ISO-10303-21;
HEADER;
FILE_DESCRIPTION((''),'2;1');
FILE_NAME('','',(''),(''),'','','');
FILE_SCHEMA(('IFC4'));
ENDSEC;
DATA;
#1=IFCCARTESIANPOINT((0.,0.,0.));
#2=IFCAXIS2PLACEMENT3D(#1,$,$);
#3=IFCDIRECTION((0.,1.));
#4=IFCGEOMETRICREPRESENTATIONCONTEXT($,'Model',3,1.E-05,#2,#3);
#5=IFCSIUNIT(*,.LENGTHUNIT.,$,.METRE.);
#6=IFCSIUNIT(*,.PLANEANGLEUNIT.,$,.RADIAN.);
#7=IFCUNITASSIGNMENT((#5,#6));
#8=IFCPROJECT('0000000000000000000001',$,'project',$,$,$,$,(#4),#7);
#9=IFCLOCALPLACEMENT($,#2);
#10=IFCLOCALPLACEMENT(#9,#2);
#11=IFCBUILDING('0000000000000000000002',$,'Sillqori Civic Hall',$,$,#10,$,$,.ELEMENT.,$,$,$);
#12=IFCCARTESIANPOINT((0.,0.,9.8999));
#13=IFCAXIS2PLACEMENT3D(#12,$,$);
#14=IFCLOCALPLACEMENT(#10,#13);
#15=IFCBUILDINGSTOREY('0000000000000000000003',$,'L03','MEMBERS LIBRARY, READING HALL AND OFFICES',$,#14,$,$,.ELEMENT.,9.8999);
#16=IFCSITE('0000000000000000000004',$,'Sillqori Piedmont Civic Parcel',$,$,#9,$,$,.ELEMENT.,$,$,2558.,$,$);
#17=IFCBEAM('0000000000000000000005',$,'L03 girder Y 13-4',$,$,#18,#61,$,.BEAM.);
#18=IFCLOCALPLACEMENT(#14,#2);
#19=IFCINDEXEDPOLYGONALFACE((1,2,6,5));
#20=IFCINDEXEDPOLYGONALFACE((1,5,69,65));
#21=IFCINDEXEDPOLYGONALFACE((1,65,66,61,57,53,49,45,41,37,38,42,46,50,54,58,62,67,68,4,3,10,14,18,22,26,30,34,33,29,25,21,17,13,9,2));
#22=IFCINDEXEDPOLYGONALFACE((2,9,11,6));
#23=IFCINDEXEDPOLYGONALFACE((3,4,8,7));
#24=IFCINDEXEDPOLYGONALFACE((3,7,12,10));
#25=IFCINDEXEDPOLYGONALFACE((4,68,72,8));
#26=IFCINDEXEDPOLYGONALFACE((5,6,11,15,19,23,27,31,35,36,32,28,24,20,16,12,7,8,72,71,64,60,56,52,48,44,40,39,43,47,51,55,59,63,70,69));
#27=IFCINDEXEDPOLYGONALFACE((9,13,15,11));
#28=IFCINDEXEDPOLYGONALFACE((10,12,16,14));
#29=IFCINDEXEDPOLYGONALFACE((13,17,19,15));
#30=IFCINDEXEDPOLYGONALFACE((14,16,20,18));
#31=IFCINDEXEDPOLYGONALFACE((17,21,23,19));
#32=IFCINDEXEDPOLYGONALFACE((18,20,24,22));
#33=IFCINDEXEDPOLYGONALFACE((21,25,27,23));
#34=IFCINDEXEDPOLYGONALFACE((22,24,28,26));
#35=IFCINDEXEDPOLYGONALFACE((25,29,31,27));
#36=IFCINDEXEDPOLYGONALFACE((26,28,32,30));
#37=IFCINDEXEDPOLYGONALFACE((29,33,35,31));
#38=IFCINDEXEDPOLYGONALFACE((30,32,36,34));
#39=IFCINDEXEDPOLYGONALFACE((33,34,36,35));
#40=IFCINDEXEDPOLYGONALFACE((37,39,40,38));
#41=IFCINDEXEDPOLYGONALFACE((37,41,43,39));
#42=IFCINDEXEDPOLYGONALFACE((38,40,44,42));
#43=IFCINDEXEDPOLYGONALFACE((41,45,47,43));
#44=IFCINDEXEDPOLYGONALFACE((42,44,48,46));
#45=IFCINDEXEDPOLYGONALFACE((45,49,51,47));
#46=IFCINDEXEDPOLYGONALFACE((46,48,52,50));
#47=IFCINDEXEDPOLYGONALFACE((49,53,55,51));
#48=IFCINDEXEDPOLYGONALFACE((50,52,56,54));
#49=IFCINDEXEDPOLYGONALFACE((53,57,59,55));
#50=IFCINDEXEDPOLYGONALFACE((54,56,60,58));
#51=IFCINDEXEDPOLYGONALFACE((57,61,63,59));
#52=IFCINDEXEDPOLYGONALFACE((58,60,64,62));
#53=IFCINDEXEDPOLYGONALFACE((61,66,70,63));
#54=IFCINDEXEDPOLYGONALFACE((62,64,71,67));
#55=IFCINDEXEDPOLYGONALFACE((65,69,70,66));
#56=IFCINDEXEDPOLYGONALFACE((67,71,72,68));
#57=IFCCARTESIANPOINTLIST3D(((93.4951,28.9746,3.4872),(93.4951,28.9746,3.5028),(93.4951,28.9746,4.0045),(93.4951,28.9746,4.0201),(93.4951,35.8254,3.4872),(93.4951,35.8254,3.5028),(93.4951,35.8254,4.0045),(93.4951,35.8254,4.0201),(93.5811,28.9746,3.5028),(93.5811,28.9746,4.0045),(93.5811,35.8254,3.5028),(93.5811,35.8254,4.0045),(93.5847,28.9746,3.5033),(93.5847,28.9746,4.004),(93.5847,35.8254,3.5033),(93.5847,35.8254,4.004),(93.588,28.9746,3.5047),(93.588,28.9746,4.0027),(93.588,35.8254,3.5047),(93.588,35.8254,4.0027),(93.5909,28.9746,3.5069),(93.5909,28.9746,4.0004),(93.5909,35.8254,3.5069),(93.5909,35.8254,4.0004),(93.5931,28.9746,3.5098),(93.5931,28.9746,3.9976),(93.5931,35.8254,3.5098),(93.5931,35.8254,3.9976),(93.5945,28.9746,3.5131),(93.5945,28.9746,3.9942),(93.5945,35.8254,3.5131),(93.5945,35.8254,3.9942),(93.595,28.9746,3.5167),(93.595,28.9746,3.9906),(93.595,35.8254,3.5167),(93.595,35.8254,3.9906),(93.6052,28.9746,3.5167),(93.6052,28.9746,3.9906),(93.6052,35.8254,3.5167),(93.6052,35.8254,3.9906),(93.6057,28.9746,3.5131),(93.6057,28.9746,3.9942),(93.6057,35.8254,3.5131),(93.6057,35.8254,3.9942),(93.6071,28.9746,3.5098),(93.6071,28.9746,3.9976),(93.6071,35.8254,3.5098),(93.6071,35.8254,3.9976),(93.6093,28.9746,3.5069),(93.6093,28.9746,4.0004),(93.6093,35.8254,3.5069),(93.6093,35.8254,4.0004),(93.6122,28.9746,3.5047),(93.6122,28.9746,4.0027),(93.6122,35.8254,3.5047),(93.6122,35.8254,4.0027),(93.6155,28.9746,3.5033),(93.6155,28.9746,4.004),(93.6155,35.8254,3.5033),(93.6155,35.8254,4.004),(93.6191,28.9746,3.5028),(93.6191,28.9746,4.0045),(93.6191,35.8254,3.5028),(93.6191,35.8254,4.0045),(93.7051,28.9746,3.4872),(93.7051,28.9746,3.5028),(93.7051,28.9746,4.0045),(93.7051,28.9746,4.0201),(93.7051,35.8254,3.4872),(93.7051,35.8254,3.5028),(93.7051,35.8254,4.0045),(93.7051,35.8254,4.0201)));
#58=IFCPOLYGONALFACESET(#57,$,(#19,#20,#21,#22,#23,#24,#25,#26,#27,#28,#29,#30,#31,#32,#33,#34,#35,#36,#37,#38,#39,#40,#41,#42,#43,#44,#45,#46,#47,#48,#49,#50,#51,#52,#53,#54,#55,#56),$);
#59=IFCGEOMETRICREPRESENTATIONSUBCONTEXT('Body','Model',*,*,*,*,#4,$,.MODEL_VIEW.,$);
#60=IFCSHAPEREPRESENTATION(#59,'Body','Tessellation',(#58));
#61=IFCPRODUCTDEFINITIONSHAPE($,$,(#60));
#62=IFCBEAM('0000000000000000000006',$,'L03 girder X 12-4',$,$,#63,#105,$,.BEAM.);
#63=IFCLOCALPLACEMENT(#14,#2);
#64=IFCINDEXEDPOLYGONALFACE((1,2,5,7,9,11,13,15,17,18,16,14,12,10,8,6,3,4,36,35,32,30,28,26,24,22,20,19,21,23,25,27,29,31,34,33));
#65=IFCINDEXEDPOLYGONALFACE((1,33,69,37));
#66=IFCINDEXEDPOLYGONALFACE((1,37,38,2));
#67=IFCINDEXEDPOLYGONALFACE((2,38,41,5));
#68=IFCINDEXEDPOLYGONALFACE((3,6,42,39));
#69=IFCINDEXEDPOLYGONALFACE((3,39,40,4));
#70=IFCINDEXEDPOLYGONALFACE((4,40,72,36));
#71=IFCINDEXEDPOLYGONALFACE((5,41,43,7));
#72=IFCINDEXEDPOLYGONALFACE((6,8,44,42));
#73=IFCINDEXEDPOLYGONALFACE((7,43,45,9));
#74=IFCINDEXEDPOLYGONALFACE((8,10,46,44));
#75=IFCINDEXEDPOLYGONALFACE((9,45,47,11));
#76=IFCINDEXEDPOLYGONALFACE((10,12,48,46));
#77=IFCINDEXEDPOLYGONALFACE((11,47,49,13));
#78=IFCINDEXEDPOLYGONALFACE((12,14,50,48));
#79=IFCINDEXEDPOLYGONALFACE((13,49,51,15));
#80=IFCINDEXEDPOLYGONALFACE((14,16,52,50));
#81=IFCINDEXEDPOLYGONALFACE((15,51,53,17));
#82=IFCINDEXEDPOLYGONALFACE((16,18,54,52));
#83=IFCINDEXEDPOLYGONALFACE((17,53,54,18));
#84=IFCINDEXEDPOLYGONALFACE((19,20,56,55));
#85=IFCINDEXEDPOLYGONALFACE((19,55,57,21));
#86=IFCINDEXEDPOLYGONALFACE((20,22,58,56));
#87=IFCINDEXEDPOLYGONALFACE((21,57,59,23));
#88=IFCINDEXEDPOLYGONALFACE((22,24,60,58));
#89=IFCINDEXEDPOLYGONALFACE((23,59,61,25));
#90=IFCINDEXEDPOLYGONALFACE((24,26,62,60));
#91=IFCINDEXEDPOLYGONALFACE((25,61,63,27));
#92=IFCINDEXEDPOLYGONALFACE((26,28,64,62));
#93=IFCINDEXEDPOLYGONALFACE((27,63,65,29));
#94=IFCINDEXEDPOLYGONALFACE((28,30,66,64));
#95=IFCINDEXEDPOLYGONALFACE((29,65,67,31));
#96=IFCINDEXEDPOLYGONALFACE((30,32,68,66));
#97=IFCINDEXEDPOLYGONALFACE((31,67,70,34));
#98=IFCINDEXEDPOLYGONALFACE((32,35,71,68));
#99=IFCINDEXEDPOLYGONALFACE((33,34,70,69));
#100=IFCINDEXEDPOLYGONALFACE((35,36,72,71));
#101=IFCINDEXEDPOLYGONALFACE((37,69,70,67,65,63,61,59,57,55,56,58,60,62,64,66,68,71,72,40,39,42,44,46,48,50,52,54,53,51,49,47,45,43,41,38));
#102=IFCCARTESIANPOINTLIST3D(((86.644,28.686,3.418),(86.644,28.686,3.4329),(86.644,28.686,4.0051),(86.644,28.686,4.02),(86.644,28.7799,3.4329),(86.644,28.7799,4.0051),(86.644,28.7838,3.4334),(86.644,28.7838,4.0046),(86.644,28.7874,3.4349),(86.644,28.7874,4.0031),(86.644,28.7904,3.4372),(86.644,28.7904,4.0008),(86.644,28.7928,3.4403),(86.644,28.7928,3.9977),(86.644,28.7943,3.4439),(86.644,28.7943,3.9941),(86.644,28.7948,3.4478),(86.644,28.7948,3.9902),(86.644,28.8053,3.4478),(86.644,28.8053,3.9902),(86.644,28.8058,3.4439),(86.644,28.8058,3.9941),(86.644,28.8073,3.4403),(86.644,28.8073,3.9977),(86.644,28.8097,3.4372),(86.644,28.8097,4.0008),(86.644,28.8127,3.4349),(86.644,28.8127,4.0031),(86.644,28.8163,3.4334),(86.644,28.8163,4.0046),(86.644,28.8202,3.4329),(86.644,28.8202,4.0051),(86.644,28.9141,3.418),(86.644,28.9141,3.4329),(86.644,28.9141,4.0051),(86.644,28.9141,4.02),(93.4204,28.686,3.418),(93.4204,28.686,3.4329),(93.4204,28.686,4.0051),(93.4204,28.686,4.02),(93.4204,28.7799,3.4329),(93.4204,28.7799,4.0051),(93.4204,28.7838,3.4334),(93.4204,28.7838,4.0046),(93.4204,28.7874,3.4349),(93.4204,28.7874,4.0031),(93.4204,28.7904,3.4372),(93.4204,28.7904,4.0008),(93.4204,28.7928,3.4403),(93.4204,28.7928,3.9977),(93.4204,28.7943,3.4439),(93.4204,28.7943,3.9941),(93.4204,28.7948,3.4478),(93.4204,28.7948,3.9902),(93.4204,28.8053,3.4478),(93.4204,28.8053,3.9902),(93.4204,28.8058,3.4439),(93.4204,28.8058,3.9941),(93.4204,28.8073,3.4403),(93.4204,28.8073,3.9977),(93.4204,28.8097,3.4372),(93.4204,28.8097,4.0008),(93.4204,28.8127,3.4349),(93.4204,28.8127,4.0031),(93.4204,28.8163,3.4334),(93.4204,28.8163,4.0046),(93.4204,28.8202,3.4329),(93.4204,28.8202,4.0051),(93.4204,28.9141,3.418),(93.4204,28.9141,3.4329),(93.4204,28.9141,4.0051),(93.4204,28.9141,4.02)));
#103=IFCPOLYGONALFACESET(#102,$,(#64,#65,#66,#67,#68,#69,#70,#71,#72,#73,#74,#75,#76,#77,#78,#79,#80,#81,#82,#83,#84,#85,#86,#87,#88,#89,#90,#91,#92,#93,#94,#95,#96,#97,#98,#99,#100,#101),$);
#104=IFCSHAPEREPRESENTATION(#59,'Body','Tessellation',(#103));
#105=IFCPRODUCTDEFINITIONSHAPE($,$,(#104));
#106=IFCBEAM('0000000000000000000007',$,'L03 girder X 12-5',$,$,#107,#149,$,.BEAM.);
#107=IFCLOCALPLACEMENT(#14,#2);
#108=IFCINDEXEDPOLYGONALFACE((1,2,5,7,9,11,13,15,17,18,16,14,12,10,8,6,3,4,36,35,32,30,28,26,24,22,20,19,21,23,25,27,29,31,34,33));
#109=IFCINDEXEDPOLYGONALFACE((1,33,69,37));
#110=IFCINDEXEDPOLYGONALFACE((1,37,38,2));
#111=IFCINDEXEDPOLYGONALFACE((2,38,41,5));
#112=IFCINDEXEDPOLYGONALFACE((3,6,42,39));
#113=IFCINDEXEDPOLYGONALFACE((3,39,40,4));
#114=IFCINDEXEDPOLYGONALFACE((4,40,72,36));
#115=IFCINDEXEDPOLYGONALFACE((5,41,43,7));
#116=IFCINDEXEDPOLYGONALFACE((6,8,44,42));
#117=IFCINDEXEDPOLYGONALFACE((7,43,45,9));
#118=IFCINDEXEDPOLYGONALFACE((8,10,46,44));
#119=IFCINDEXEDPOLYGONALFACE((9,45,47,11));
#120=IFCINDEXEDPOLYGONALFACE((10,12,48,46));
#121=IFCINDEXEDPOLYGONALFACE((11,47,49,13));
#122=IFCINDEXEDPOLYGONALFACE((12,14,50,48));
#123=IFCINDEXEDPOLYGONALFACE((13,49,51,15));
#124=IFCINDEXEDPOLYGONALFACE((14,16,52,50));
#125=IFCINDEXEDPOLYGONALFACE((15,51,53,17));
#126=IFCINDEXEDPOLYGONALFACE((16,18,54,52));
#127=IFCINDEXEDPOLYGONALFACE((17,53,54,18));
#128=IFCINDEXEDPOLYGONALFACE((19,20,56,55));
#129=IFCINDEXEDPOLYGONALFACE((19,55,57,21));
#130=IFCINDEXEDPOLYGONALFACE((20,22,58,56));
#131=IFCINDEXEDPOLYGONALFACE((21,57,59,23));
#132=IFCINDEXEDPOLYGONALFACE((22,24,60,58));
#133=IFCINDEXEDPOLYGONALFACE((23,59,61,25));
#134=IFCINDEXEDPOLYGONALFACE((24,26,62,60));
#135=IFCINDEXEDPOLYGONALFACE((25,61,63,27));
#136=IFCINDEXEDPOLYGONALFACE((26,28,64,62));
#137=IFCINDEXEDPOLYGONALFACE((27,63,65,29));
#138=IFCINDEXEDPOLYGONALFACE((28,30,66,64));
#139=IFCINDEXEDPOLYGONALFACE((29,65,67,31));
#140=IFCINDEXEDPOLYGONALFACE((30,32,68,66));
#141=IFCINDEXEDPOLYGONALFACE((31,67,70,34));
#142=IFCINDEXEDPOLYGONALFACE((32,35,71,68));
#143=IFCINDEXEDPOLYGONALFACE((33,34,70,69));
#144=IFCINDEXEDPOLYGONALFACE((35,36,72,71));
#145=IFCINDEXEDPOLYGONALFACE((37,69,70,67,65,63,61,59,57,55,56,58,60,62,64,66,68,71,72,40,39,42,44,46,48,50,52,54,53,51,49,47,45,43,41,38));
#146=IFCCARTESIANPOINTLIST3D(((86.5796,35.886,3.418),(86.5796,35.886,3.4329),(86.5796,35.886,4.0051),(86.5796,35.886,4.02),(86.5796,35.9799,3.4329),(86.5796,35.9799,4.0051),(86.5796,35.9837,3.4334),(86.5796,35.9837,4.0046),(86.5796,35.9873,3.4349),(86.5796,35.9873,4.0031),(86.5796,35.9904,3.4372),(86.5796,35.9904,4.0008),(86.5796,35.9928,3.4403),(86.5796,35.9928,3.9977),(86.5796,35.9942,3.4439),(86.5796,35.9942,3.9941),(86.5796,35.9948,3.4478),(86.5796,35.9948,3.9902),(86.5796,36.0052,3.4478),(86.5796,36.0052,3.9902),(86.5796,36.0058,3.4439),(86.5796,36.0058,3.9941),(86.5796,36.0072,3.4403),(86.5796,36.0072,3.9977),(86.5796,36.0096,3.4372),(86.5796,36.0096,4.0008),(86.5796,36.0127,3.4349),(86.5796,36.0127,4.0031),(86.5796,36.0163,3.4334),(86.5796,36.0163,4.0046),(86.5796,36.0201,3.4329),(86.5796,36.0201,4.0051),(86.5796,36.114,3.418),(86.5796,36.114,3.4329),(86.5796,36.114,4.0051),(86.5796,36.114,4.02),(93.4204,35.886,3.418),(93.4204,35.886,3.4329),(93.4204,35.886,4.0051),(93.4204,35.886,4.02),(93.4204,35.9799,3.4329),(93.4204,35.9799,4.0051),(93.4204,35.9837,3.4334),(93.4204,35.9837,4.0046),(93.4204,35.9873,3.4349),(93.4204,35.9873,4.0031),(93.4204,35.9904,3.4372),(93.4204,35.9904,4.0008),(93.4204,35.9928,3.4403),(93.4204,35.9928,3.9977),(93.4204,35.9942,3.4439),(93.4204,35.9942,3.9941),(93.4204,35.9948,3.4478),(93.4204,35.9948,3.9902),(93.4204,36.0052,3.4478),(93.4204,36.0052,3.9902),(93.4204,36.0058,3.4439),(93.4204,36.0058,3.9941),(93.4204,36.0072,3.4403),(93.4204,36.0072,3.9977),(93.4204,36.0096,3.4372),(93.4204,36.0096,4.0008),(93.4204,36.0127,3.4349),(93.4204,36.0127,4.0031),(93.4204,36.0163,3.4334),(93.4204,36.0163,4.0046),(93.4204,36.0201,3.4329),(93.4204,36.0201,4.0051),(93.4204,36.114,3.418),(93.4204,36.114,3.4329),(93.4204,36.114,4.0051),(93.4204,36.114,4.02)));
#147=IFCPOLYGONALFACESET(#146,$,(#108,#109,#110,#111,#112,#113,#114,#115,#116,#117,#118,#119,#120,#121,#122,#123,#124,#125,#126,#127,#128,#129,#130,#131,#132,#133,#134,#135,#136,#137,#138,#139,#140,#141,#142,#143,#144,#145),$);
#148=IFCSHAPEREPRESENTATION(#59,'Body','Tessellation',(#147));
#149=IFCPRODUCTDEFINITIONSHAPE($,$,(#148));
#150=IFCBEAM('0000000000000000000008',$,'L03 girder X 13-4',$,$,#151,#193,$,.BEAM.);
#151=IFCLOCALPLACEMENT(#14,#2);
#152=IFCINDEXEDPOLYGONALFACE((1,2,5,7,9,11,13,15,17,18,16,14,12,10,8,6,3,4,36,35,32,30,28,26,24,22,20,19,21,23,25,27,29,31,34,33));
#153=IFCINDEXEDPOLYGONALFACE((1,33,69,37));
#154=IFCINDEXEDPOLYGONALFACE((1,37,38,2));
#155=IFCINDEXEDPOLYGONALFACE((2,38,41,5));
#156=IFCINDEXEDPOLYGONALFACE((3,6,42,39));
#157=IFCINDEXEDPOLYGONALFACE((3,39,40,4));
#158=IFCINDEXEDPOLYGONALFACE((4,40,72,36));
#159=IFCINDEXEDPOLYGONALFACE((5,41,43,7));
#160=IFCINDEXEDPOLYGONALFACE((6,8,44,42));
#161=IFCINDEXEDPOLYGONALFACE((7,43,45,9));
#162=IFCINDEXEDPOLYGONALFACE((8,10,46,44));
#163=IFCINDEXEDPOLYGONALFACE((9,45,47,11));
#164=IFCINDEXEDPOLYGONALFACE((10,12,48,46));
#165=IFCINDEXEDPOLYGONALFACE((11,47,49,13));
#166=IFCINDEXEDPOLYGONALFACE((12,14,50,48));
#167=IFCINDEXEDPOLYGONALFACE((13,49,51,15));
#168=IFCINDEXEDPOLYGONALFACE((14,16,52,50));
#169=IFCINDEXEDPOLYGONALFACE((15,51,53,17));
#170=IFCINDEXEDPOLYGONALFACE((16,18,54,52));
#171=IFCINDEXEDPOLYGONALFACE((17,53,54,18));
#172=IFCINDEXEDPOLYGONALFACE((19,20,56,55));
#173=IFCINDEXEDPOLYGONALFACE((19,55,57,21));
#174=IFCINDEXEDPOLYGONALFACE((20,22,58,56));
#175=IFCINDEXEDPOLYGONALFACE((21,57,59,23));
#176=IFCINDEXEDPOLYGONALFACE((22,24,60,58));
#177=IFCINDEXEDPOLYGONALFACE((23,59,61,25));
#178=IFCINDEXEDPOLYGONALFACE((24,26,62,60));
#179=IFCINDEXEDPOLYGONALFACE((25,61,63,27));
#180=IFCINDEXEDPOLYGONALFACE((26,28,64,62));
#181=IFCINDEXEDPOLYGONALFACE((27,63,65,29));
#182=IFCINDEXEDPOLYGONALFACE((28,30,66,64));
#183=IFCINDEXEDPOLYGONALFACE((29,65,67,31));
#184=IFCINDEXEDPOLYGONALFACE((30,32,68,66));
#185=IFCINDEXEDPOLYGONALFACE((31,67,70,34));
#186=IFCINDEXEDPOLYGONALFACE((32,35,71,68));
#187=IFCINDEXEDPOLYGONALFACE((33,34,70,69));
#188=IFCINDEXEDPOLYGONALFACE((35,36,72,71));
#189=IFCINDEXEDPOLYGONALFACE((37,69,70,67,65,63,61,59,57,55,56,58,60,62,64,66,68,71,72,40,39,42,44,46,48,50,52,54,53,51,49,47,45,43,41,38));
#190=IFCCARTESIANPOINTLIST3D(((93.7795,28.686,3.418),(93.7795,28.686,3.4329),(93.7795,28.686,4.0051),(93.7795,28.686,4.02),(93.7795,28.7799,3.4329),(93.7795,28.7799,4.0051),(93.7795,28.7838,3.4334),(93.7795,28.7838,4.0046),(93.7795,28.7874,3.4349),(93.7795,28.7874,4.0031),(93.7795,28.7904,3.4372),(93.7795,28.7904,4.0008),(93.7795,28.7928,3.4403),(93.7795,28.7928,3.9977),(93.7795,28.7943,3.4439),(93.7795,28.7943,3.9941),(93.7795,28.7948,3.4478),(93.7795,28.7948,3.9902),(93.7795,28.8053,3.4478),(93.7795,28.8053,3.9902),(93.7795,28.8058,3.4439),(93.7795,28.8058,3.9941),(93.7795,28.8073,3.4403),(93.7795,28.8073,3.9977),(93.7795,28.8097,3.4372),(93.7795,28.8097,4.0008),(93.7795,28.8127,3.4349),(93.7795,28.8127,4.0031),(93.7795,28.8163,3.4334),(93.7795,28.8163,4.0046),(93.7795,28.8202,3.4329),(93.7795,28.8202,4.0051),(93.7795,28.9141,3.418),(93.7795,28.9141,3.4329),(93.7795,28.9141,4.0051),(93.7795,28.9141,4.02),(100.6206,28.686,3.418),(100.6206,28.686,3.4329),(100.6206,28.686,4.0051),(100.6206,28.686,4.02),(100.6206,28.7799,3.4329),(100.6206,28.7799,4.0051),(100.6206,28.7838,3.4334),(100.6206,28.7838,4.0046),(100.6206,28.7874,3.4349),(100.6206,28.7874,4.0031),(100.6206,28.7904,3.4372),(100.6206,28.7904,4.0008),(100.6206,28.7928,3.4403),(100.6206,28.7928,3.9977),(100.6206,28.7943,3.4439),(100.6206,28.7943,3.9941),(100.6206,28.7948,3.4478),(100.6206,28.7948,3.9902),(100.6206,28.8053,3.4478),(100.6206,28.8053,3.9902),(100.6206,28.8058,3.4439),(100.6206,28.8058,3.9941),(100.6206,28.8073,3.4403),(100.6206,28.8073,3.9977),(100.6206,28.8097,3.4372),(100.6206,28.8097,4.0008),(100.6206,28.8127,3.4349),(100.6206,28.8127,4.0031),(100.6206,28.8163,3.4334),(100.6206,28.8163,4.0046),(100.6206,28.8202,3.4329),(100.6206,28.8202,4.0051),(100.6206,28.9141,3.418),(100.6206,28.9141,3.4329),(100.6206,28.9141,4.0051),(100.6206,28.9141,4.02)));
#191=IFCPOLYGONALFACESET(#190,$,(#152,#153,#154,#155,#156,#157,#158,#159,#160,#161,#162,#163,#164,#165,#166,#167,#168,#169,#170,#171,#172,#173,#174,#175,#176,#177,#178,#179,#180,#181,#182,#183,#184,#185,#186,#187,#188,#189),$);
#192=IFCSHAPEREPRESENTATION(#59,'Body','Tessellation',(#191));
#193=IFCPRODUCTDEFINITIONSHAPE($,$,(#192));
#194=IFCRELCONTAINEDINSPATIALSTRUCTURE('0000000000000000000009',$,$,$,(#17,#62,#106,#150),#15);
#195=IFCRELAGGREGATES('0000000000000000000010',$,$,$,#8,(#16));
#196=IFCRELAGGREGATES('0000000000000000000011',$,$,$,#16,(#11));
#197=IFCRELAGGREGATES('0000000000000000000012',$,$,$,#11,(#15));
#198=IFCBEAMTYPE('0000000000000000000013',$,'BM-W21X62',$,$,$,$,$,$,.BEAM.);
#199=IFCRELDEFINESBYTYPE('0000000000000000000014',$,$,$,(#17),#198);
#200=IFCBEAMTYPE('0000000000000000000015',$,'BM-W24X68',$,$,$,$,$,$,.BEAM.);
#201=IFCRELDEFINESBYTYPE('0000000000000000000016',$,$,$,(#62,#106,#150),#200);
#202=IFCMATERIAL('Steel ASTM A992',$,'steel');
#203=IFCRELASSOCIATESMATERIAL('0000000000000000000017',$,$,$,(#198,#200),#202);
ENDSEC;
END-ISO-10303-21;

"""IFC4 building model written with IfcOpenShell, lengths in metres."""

from ifc_helpers import new_model, si_unit, direction, frame, origin, origin_2d, place, context, subcontext, project, spatial, i_section, extrude, material, material_profile, profile_set, type_object, element, save


model = new_model("IFC4")

# Units and contexts
model_context = context("Model", 3, precision=1e-05, world=origin(), true_north=direction((0.0, 1.0)))
body_context = subcontext(model_context, "Body", "Model", "MODEL_VIEW")
ifc_project = project(units=[si_unit("LENGTHUNIT", "METRE"), si_unit("PLANEANGLEUNIT", "RADIAN")], contexts=[model_context])

# Site, building, storey
site_placement = place(None, origin())
site = spatial("IfcSite", under=ifc_project, at=site_placement, Name="Sillqori Piedmont Civic Parcel", CompositionType="ELEMENT", RefElevation=2558.0)
building_placement = place(site_placement, origin())
building = spatial("IfcBuilding", under=site, at=building_placement, Name="Sillqori Civic Hall", CompositionType="ELEMENT")
storey_placement = place(building_placement, frame((0.0, 0.0, 9.8999)))
storey = spatial("IfcBuildingStorey", under=building, at=storey_placement, Name="L03", Description="MEMBERS LIBRARY, READING HALL AND OFFICES", CompositionType="ELEMENT", Elevation=9.8999)

# Shared definitions
ifc_material_1 = material(Name="Steel ASTM A992", Category="steel")

# Beams
ifc_material_profile_1 = material_profile(ifc_material_1, i_section(OverallWidth=0.21, OverallDepth=0.533, WebThickness=0.0103, FlangeThickness=0.0156, FilletRadius=0.0139, at=origin_2d()), Name="W21X62")
ifc_profile_set_1 = profile_set([ifc_material_profile_1], Name="Steel ASTM A992")
beam_type_1 = type_object("IfcBeamType", Name="BM-W21X62", PredefinedType="BEAM", material=ifc_profile_set_1)
beam_1_placement = place(storey_placement, frame((93.6001, 28.9746, 3.7537), z_axis=(0.0, 1.0, 0.0), x_axis=(-1.0, 0.0, 0.0)))
element("IfcBeam", 1, at=beam_1_placement, inside=storey, type_object=beam_type_1, Name="L03 girder Y 13-4", PredefinedType="BEAM", context=body_context, shape_type="SweptSolid", body=[
    extrude(i_section(OverallWidth=0.21, OverallDepth=0.533, WebThickness=0.0103, FlangeThickness=0.0156, FilletRadius=0.0139, at=origin_2d()), origin(), (0.0, 0.0, 1.0), 6.8508),
])
ifc_material_profile_2 = material_profile(ifc_material_1, i_section(OverallWidth=0.228, OverallDepth=0.6021, WebThickness=0.0105, FlangeThickness=0.0149, FilletRadius=0.0149, at=origin_2d()), Name="W24X68")
ifc_profile_set_2 = profile_set([ifc_material_profile_2], Name="Steel ASTM A992")
beam_type_2 = type_object("IfcBeamType", Name="BM-W24X68", PredefinedType="BEAM", material=ifc_profile_set_2)
beam_2_placement = place(storey_placement, frame((86.644, 28.8, 3.719), z_axis=(1.0, 0.0, 0.0), x_axis=(0.0, 1.0, 0.0)))
element("IfcBeam", 2, at=beam_2_placement, inside=storey, type_object=beam_type_2, Name="L03 girder X 12-4", PredefinedType="BEAM", context=body_context, shape_type="SweptSolid", body=[
    extrude(i_section(OverallWidth=0.228, OverallDepth=0.6021, WebThickness=0.0105, FlangeThickness=0.0149, FilletRadius=0.0149, at=origin_2d()), origin(), (0.0, 0.0, 1.0), 6.7764),
])
beam_3_placement = place(storey_placement, frame((86.5796, 36.0, 3.719), z_axis=(1.0, 0.0, 0.0), x_axis=(0.0, 1.0, 0.0)))
element("IfcBeam", 3, at=beam_3_placement, inside=storey, type_object=beam_type_2, Name="L03 girder X 12-5", PredefinedType="BEAM", context=body_context, shape_type="SweptSolid", body=[
    extrude(i_section(OverallWidth=0.228, OverallDepth=0.6021, WebThickness=0.0105, FlangeThickness=0.0149, FilletRadius=0.0149, at=origin_2d()), origin(), (0.0, 0.0, 1.0), 6.8408),
])
beam_4_placement = place(storey_placement, frame((93.7795, 28.8, 3.719), z_axis=(1.0, 0.0, 0.0), x_axis=(0.0, 1.0, 0.0)))
element("IfcBeam", 4, at=beam_4_placement, inside=storey, type_object=beam_type_2, Name="L03 girder X 13-4", PredefinedType="BEAM", context=body_context, shape_type="SweptSolid", body=[
    extrude(i_section(OverallWidth=0.228, OverallDepth=0.6021, WebThickness=0.0105, FlangeThickness=0.0149, FilletRadius=0.0149, at=origin_2d()), origin(), (0.0, 0.0, 1.0), 6.8411),
])

save(model, "model.ifc")
